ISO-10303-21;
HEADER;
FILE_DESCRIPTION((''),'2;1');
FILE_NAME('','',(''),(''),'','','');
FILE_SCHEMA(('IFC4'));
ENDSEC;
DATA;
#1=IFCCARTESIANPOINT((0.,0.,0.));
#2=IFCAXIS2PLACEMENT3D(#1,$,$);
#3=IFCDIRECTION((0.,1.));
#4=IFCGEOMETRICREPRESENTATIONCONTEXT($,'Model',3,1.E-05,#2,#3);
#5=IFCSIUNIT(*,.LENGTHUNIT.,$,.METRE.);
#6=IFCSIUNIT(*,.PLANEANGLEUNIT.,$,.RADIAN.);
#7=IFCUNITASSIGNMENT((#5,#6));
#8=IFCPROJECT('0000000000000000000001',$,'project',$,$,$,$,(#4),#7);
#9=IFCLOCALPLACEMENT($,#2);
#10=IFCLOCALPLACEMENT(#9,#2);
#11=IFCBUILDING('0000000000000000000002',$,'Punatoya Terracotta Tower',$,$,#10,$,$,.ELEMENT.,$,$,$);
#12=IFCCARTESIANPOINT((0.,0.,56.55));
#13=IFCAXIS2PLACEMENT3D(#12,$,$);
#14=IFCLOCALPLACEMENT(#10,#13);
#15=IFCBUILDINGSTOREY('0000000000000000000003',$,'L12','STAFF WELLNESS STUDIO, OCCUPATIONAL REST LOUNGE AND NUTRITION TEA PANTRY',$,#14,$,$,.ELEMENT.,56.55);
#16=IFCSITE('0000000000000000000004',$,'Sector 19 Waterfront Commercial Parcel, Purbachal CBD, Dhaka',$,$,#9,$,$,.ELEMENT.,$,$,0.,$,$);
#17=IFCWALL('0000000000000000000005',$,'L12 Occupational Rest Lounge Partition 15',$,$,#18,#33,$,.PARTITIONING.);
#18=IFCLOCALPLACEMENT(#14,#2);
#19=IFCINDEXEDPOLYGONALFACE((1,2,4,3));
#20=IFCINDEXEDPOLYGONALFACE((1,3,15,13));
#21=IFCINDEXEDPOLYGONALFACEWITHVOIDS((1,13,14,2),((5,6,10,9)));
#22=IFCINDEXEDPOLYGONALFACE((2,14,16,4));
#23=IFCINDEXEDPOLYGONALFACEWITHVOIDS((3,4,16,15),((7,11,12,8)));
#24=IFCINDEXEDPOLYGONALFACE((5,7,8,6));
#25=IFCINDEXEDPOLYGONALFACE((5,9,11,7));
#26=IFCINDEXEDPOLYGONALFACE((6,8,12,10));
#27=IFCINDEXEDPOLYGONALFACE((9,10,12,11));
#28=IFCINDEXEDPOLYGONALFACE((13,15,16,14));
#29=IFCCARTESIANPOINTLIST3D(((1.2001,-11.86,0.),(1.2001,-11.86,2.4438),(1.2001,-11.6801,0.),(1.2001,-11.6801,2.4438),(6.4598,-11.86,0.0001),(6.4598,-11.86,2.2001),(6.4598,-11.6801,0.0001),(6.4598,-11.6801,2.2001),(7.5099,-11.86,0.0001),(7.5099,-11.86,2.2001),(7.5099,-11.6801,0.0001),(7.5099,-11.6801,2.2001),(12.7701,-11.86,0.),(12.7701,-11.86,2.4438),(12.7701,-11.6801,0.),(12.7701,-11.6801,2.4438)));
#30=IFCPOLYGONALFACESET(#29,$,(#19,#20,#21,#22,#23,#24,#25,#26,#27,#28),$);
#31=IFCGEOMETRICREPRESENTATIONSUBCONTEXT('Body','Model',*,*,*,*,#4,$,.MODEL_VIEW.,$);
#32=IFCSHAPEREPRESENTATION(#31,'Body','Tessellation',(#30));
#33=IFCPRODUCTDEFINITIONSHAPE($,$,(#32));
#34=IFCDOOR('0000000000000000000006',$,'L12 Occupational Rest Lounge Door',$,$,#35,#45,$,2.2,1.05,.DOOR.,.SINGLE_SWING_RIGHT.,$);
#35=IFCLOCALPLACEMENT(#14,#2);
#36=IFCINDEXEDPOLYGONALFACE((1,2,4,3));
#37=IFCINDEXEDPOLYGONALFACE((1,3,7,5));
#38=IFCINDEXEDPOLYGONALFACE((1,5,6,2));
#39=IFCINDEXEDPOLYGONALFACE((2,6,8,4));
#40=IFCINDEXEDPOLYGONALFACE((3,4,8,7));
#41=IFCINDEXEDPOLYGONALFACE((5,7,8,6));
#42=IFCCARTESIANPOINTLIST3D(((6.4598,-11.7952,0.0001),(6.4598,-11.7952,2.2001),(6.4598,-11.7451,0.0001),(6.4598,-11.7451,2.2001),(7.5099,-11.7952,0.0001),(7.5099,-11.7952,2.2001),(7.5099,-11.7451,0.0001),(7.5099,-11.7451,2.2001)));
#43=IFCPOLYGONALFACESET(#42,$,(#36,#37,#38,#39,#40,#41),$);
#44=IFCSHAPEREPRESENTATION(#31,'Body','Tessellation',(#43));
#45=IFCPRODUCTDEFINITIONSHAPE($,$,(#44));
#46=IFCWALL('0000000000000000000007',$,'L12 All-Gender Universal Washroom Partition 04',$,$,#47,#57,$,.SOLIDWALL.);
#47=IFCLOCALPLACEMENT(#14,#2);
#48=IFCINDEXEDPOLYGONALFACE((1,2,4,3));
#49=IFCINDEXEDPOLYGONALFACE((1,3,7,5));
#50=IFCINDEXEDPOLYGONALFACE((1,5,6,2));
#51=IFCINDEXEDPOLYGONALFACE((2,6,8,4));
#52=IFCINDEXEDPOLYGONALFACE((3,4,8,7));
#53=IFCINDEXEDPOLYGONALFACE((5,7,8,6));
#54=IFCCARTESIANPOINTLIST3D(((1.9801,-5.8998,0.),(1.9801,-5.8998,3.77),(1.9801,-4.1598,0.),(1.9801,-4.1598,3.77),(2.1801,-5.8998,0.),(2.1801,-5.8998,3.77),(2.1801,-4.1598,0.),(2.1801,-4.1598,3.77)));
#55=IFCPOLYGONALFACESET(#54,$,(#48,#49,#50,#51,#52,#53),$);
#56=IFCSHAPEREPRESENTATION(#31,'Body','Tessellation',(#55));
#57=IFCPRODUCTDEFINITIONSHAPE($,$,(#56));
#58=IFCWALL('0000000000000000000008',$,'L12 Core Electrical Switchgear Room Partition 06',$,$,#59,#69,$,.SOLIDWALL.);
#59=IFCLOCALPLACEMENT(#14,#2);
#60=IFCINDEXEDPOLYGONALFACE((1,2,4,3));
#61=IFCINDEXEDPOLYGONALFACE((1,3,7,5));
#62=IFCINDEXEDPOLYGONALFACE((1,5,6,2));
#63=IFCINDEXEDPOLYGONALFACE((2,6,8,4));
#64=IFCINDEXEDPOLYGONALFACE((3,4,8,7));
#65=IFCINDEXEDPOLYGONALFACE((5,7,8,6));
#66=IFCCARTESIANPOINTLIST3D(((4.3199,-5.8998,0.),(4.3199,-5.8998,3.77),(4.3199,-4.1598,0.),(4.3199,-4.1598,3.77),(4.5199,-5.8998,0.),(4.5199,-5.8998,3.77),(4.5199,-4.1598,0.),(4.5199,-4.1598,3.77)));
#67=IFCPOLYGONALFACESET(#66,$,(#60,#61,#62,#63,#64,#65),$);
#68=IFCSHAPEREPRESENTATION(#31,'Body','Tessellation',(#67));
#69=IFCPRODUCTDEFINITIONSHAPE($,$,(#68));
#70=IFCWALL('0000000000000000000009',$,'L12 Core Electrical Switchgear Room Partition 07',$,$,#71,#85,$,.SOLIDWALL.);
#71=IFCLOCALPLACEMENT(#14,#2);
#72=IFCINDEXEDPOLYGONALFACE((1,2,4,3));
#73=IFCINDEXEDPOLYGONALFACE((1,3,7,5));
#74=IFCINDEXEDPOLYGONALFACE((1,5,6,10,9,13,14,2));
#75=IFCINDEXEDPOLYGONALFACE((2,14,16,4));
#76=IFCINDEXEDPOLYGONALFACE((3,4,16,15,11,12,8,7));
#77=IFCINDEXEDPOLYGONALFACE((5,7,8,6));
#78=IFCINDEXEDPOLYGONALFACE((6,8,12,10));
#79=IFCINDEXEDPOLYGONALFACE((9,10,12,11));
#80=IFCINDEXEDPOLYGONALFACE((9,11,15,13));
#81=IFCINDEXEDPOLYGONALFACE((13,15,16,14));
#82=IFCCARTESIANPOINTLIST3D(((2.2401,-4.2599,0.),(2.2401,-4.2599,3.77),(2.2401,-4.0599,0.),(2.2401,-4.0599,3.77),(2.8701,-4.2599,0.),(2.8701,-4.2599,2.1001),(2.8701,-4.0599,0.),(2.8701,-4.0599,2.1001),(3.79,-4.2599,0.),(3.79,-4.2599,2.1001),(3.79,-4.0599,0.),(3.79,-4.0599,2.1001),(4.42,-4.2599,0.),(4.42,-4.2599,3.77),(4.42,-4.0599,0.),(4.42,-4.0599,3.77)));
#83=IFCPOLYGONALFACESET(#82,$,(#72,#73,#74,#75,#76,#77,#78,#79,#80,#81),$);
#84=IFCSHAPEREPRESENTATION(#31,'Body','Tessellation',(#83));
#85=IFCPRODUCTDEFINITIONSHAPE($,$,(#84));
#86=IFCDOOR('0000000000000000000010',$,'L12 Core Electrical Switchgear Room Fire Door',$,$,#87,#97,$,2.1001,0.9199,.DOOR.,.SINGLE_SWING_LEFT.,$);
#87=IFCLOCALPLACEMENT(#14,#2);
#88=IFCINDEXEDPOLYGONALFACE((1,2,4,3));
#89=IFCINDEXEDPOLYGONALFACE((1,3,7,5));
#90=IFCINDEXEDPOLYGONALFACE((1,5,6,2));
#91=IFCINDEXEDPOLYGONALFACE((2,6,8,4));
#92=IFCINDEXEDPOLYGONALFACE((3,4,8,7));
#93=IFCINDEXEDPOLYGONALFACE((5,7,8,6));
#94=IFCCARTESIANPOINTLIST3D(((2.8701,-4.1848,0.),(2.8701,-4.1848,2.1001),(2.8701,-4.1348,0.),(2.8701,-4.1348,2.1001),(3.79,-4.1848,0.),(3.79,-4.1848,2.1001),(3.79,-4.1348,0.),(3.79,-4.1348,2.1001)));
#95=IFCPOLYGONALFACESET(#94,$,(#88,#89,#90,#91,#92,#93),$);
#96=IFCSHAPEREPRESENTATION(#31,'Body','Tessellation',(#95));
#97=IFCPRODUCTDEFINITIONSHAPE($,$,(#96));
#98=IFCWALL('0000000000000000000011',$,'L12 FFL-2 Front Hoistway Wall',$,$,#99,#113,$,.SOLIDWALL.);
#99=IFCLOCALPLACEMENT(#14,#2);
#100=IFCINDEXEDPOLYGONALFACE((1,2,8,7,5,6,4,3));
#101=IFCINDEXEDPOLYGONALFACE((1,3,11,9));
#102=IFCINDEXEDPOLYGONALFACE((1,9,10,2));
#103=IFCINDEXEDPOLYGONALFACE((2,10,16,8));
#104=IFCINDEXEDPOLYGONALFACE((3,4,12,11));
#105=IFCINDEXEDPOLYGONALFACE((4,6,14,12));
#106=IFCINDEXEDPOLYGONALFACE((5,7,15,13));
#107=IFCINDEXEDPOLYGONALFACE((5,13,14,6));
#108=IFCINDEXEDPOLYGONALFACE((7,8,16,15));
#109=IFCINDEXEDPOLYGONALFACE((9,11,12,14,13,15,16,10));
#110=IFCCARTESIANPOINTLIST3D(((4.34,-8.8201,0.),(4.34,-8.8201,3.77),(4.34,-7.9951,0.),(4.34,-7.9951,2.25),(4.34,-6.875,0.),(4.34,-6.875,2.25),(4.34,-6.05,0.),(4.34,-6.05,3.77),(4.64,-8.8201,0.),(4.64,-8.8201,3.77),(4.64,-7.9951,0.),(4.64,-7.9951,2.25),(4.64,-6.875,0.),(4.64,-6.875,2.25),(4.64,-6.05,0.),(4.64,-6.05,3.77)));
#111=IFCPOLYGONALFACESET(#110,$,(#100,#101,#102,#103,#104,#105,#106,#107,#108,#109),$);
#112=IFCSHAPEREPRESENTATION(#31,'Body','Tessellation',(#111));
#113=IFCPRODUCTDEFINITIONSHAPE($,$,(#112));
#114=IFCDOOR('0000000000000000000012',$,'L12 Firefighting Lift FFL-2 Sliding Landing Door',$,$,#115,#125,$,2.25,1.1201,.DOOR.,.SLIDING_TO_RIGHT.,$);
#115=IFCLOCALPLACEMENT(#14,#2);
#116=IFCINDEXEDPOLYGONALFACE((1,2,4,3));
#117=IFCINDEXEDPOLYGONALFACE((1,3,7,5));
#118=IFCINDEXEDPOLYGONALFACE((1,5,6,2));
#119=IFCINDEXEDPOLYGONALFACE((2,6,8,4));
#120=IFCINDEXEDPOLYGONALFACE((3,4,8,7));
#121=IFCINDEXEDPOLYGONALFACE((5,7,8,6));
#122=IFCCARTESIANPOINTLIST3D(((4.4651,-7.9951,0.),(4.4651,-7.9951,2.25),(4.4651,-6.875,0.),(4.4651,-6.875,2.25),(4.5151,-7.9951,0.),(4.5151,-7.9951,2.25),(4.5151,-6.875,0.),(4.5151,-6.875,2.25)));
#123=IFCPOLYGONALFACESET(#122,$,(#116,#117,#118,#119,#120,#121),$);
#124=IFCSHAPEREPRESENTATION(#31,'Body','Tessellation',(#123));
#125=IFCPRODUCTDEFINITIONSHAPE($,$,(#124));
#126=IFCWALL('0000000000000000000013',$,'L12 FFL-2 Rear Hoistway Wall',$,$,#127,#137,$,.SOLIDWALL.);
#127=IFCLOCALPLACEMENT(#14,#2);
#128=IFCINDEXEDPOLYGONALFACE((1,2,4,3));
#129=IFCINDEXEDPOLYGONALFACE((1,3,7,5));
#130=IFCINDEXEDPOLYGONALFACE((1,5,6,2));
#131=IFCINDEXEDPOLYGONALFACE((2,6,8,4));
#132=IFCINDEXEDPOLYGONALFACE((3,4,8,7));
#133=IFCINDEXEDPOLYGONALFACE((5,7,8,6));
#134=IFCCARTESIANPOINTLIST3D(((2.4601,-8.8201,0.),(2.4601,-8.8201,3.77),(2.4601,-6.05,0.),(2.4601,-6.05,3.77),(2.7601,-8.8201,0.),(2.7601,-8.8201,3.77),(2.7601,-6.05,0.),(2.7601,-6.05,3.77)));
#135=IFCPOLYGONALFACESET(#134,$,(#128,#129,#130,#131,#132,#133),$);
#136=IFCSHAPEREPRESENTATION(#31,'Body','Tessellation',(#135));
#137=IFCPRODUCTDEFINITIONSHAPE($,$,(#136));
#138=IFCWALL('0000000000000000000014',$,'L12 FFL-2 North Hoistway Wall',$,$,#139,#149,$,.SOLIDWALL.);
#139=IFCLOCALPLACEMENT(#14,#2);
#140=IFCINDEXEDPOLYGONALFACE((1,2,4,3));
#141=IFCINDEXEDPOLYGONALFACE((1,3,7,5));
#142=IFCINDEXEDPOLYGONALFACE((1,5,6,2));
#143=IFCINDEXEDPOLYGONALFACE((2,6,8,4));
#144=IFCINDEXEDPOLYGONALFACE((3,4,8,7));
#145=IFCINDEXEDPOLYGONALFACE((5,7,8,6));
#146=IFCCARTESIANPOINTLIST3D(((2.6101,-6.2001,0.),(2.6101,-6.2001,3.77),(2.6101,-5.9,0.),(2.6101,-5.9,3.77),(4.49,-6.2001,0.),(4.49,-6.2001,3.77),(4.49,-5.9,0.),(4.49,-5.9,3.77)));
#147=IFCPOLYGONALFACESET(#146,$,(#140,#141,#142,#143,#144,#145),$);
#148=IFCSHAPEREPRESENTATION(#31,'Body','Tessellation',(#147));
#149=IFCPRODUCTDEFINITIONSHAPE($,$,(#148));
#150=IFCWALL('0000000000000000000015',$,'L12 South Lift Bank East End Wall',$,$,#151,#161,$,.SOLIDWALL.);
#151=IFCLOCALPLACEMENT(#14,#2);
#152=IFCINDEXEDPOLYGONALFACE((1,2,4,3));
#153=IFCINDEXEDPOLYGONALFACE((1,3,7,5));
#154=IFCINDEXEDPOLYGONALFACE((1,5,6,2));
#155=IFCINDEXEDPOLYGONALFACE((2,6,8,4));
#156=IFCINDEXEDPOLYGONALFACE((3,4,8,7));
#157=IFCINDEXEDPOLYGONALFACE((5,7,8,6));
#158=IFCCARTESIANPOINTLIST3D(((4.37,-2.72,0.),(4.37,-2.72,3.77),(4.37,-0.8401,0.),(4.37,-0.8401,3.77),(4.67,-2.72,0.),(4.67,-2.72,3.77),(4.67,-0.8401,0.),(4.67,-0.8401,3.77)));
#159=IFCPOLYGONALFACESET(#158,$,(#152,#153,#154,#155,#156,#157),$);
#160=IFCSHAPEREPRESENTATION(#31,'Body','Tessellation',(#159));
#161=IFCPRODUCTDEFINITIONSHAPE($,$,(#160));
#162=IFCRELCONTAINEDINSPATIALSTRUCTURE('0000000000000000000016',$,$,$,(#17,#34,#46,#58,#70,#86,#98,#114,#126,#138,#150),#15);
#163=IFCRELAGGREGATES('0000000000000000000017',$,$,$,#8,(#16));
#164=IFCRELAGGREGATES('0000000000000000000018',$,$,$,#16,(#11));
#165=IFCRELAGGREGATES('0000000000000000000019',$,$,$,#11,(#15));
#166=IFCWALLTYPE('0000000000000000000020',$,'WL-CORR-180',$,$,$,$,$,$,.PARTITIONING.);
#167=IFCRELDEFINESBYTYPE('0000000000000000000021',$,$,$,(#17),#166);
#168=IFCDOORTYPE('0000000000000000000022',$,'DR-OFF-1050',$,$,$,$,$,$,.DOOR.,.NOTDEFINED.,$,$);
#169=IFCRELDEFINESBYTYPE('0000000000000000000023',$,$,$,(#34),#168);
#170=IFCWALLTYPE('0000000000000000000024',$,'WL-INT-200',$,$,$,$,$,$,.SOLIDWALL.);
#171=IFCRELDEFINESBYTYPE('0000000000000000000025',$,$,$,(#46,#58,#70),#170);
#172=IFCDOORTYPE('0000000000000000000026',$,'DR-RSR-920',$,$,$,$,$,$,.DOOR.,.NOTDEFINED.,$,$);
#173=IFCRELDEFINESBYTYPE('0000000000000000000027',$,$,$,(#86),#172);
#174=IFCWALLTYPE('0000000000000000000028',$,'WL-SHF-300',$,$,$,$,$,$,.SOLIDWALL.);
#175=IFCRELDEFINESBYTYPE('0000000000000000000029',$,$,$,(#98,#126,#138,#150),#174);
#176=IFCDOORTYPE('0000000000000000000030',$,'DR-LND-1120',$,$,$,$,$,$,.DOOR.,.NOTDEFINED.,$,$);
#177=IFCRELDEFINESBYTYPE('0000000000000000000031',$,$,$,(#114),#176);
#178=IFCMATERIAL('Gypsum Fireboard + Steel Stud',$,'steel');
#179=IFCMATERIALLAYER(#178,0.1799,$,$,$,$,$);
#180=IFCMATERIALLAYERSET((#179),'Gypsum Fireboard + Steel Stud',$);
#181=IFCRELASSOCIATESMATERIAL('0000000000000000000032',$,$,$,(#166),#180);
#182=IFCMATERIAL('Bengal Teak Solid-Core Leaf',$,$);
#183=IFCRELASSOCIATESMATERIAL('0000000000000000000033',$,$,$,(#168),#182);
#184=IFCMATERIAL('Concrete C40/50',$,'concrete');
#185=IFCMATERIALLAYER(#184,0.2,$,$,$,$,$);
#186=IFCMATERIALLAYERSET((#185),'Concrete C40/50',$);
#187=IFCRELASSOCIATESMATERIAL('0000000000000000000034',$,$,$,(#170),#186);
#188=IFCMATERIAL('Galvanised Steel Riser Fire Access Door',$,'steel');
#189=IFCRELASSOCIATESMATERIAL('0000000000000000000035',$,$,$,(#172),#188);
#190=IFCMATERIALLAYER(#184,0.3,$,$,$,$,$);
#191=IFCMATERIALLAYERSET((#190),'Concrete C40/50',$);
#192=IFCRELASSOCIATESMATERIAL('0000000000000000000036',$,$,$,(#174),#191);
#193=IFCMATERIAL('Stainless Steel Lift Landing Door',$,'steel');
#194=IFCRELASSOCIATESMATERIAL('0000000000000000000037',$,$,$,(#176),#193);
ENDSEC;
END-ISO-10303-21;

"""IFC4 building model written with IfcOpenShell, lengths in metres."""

from ifc_helpers import new_model, si_unit, direction, frame, frame_2d, origin, place, context, subcontext, project, spatial, rectangle, extrude, material, layer, layer_set, type_object, element, fill, save


model = new_model("IFC4")

# Units and contexts
model_context = context("Model", 3, precision=1e-05, world=origin(), true_north=direction((0.0, 1.0)))
body_context = subcontext(model_context, "Body", "Model", "MODEL_VIEW")
ifc_project = project(units=[si_unit("LENGTHUNIT", "METRE"), si_unit("PLANEANGLEUNIT", "RADIAN")], contexts=[model_context])

# Site, building, storey
site_placement = place(None, origin())
site = spatial("IfcSite", under=ifc_project, at=site_placement, Name="Sector 19 Waterfront Commercial Parcel, Purbachal CBD, Dhaka", CompositionType="ELEMENT", RefElevation=0.0)
building_placement = place(site_placement, origin())
building = spatial("IfcBuilding", under=site, at=building_placement, Name="Punatoya Terracotta Tower", CompositionType="ELEMENT")
storey_placement = place(building_placement, frame((0.0, 0.0, 56.55)))
storey = spatial("IfcBuildingStorey", under=building, at=storey_placement, Name="L12", Description="STAFF WELLNESS STUDIO, OCCUPATIONAL REST LOUNGE AND NUTRITION TEA PANTRY", CompositionType="ELEMENT", Elevation=56.55)

# Shared definitions
ifc_material_1 = material(Name="Concrete C40/50", Category="concrete")

# Shared definitions
ifc_material_2 = material(Name="Gypsum Fireboard + Steel Stud", Category="steel")
ifc_layer_1 = layer(ifc_material_2, 0.1799)
ifc_layer_set_1 = layer_set([ifc_layer_1], Name="Gypsum Fireboard + Steel Stud")
wall_type_1 = type_object("IfcWallType", Name="WL-CORR-180", PredefinedType="PARTITIONING", material=ifc_layer_set_1)

# Wall, opening, door
wall_1_placement = place(storey_placement, frame((1.2, -11.77, 0.0), z_axis=(0.0, 0.0, 1.0), x_axis=(1.0, 0.0, 0.0)))
wall_1 = element("IfcWall", 1, at=wall_1_placement, inside=storey, type_object=wall_type_1, Name="L12 Occupational Rest Lounge Partition 15", PredefinedType="PARTITIONING", context=body_context, shape_type="SweptSolid", body=[
    extrude(rectangle(XDim=11.5701, YDim=0.1799, at=frame_2d((5.7852, 0.0))), origin(), (0.0, 0.0, 1.0), 2.4438),
])
opening_1_placement = place(wall_1_placement, frame((5.26, 0.0, 0.0)))
opening_1 = element("IfcOpeningElement", 2, at=opening_1_placement, cuts=wall_1, PredefinedType="OPENING", context=body_context, shape_type="SweptSolid", body=[
    extrude(rectangle(XDim=1.05, YDim=2.2, at=frame_2d((0.5249, 1.1001))), frame((0.0, 0.0999, 0.0), z_axis=(0.0, -1.0, 0.0), x_axis=(1.0, 0.0, 0.0)), (0.0, 0.0, 1.0), 0.2),
])
ifc_material_3 = material(Name="Bengal Teak Solid-Core Leaf")
door_type_1 = type_object("IfcDoorType", Name="DR-OFF-1050", OperationType="NOTDEFINED", PredefinedType="DOOR", material=ifc_material_3)
door_1_placement = place(opening_1_placement, origin())
door_1 = element("IfcDoor", 3, at=door_1_placement, inside=storey, type_object=door_type_1, Name="L12 Occupational Rest Lounge Door", OperationType="SINGLE_SWING_RIGHT", OverallHeight=2.2, OverallWidth=1.05, PredefinedType="DOOR", context=body_context, shape_type="SweptSolid", body=[
    extrude(rectangle(XDim=1.05, YDim=2.2, at=frame_2d((0.5249, 1.1001))), frame((0.0, 0.0249, 0.0), z_axis=(0.0, -1.0, 0.0), x_axis=(1.0, 0.0, 0.0)), (0.0, 0.0, 1.0), 0.05),
])
fill(opening_1, door_1)
ifc_layer_2 = layer(ifc_material_1, 0.2)
ifc_layer_set_2 = layer_set([ifc_layer_2], Name="Concrete C40/50")
wall_type_2 = type_object("IfcWallType", Name="WL-INT-200", PredefinedType="SOLIDWALL", material=ifc_layer_set_2)

# Wall
wall_2_placement = place(storey_placement, frame((2.0801, -5.8999, 0.0), z_axis=(0.0, 0.0, 1.0), x_axis=(0.0, 1.0, 0.0)))
element("IfcWall", 4, at=wall_2_placement, inside=storey, type_object=wall_type_2, Name="L12 All-Gender Universal Washroom Partition 04", PredefinedType="SOLIDWALL", context=body_context, shape_type="SweptSolid", body=[
    extrude(rectangle(XDim=1.74, YDim=0.2, at=frame_2d((0.8701, 0.0))), origin(), (0.0, 0.0, 1.0), 3.77),
])

# Wall
wall_3_placement = place(storey_placement, frame((4.4199, -5.8999, 0.0), z_axis=(0.0, 0.0, 1.0), x_axis=(0.0, 1.0, 0.0)))
element("IfcWall", 5, at=wall_3_placement, inside=storey, type_object=wall_type_2, Name="L12 Core Electrical Switchgear Room Partition 06", PredefinedType="SOLIDWALL", context=body_context, shape_type="SweptSolid", body=[
    extrude(rectangle(XDim=1.74, YDim=0.2, at=frame_2d((0.8701, 0.0))), origin(), (0.0, 0.0, 1.0), 3.77),
])

# Walls, openings, doors
wall_4_placement = place(storey_placement, frame((4.4199, -4.1599, 0.0), z_axis=(0.0, 0.0, 1.0), x_axis=(-1.0, 0.0, 0.0)))
wall_4 = element("IfcWall", 6, at=wall_4_placement, inside=storey, type_object=wall_type_2, Name="L12 Core Electrical Switchgear Room Partition 07", PredefinedType="SOLIDWALL", context=body_context, shape_type="SweptSolid", body=[
    extrude(rectangle(XDim=2.1799, YDim=0.2, at=frame_2d((1.0898, 0.0))), origin(), (0.0, 0.0, 1.0), 3.77),
])
opening_2_placement = place(wall_4_placement, frame((0.6299, 0.0, 0.0)))
opening_2 = element("IfcOpeningElement", 7, at=opening_2_placement, cuts=wall_4, PredefinedType="OPENING", context=body_context, shape_type="SweptSolid", body=[
    extrude(rectangle(XDim=0.9199, YDim=2.1001, at=frame_2d((0.46, 1.05))), frame((0.0, 0.1099, 0.0), z_axis=(0.0, -1.0, 0.0), x_axis=(1.0, 0.0, 0.0)), (0.0, 0.0, 1.0), 0.22),
])
ifc_material_4 = material(Name="Galvanised Steel Riser Fire Access Door", Category="steel")
door_type_2 = type_object("IfcDoorType", Name="DR-RSR-920", OperationType="NOTDEFINED", PredefinedType="DOOR", material=ifc_material_4)
door_2_placement = place(opening_2_placement, origin())
door_2 = element("IfcDoor", 8, at=door_2_placement, inside=storey, type_object=door_type_2, Name="L12 Core Electrical Switchgear Room Fire Door", OperationType="SINGLE_SWING_LEFT", OverallHeight=2.1001, OverallWidth=0.9199, PredefinedType="DOOR", context=body_context, shape_type="SweptSolid", body=[
    extrude(rectangle(XDim=0.9199, YDim=2.1001, at=frame_2d((0.46, 1.05))), frame((0.0, 0.0249, 0.0), z_axis=(0.0, -1.0, 0.0), x_axis=(1.0, 0.0, 0.0)), (0.0, 0.0, 1.0), 0.05),
])
fill(opening_2, door_2)
ifc_layer_3 = layer(ifc_material_1, 0.3)
ifc_layer_set_3 = layer_set([ifc_layer_3], Name="Concrete C40/50")
wall_type_3 = type_object("IfcWallType", Name="WL-SHF-300", PredefinedType="SOLIDWALL", material=ifc_layer_set_3)
wall_5_placement = place(storey_placement, frame((4.49, -8.8201, 0.0), z_axis=(0.0, 0.0, 1.0), x_axis=(0.0, 1.0, 0.0)))
wall_5 = element("IfcWall", 9, at=wall_5_placement, inside=storey, type_object=wall_type_3, Name="L12 FFL-2 Front Hoistway Wall", PredefinedType="SOLIDWALL", context=body_context, shape_type="SweptSolid", body=[
    extrude(rectangle(XDim=2.77, YDim=0.3, at=frame_2d((1.385, 0.0))), origin(), (0.0, 0.0, 1.0), 3.77),
])
opening_3_placement = place(wall_5_placement, frame((0.825, 0.0, 0.0)))
opening_3 = element("IfcOpeningElement", 10, at=opening_3_placement, cuts=wall_5, PredefinedType="OPENING", context=body_context, shape_type="SweptSolid", body=[
    extrude(rectangle(XDim=1.1201, YDim=2.25, at=frame_2d((0.5601, 1.125))), frame((0.0, 0.1599, 0.0), z_axis=(0.0, -1.0, 0.0), x_axis=(1.0, 0.0, 0.0)), (0.0, 0.0, 1.0), 0.3201),
])
ifc_material_5 = material(Name="Stainless Steel Lift Landing Door", Category="steel")
door_type_3 = type_object("IfcDoorType", Name="DR-LND-1120", OperationType="NOTDEFINED", PredefinedType="DOOR", material=ifc_material_5)
door_3_placement = place(opening_3_placement, origin())
door_3 = element("IfcDoor", 11, at=door_3_placement, inside=storey, type_object=door_type_3, Name="L12 Firefighting Lift FFL-2 Sliding Landing Door", OperationType="SLIDING_TO_RIGHT", OverallHeight=2.25, OverallWidth=1.1201, PredefinedType="DOOR", context=body_context, shape_type="SweptSolid", body=[
    extrude(rectangle(XDim=1.1201, YDim=2.25, at=frame_2d((0.5601, 1.125))), frame((0.0, 0.0249, 0.0), z_axis=(0.0, -1.0, 0.0), x_axis=(1.0, 0.0, 0.0)), (0.0, 0.0, 1.0), 0.05),
])
fill(opening_3, door_3)

# Walls
wall_6_placement = place(storey_placement, frame((2.6101, -8.8201, 0.0), z_axis=(0.0, 0.0, 1.0), x_axis=(0.0, 1.0, 0.0)))
element("IfcWall", 12, at=wall_6_placement, inside=storey, type_object=wall_type_3, Name="L12 FFL-2 Rear Hoistway Wall", PredefinedType="SOLIDWALL", context=body_context, shape_type="SweptSolid", body=[
    extrude(rectangle(XDim=2.77, YDim=0.3, at=frame_2d((1.385, 0.0))), origin(), (0.0, 0.0, 1.0), 3.77),
])
for number, where, z_axis, x_axis, name in (
    (13, (2.6101, -6.05, 0.0), (0.0, 0.0, 1.0), (1.0, 0.0, 0.0), "L12 FFL-2 North Hoistway Wall"),
    (14, (4.52, -2.72, 0.0), (0.0, 0.0, 1.0), (0.0, 1.0, 0.0), "L12 South Lift Bank East End Wall"),
):
    element("IfcWall", number, at=place(storey_placement, frame(where, z_axis=z_axis, x_axis=x_axis)), inside=storey, type_object=wall_type_3, Name=name, PredefinedType="SOLIDWALL", context=body_context, shape_type="SweptSolid", body=[
        extrude(rectangle(XDim=1.8799, YDim=0.3, at=frame_2d((0.9399, 0.0))), origin(), (0.0, 0.0, 1.0), 3.77),
    ])

save(model, "model.ifc")
